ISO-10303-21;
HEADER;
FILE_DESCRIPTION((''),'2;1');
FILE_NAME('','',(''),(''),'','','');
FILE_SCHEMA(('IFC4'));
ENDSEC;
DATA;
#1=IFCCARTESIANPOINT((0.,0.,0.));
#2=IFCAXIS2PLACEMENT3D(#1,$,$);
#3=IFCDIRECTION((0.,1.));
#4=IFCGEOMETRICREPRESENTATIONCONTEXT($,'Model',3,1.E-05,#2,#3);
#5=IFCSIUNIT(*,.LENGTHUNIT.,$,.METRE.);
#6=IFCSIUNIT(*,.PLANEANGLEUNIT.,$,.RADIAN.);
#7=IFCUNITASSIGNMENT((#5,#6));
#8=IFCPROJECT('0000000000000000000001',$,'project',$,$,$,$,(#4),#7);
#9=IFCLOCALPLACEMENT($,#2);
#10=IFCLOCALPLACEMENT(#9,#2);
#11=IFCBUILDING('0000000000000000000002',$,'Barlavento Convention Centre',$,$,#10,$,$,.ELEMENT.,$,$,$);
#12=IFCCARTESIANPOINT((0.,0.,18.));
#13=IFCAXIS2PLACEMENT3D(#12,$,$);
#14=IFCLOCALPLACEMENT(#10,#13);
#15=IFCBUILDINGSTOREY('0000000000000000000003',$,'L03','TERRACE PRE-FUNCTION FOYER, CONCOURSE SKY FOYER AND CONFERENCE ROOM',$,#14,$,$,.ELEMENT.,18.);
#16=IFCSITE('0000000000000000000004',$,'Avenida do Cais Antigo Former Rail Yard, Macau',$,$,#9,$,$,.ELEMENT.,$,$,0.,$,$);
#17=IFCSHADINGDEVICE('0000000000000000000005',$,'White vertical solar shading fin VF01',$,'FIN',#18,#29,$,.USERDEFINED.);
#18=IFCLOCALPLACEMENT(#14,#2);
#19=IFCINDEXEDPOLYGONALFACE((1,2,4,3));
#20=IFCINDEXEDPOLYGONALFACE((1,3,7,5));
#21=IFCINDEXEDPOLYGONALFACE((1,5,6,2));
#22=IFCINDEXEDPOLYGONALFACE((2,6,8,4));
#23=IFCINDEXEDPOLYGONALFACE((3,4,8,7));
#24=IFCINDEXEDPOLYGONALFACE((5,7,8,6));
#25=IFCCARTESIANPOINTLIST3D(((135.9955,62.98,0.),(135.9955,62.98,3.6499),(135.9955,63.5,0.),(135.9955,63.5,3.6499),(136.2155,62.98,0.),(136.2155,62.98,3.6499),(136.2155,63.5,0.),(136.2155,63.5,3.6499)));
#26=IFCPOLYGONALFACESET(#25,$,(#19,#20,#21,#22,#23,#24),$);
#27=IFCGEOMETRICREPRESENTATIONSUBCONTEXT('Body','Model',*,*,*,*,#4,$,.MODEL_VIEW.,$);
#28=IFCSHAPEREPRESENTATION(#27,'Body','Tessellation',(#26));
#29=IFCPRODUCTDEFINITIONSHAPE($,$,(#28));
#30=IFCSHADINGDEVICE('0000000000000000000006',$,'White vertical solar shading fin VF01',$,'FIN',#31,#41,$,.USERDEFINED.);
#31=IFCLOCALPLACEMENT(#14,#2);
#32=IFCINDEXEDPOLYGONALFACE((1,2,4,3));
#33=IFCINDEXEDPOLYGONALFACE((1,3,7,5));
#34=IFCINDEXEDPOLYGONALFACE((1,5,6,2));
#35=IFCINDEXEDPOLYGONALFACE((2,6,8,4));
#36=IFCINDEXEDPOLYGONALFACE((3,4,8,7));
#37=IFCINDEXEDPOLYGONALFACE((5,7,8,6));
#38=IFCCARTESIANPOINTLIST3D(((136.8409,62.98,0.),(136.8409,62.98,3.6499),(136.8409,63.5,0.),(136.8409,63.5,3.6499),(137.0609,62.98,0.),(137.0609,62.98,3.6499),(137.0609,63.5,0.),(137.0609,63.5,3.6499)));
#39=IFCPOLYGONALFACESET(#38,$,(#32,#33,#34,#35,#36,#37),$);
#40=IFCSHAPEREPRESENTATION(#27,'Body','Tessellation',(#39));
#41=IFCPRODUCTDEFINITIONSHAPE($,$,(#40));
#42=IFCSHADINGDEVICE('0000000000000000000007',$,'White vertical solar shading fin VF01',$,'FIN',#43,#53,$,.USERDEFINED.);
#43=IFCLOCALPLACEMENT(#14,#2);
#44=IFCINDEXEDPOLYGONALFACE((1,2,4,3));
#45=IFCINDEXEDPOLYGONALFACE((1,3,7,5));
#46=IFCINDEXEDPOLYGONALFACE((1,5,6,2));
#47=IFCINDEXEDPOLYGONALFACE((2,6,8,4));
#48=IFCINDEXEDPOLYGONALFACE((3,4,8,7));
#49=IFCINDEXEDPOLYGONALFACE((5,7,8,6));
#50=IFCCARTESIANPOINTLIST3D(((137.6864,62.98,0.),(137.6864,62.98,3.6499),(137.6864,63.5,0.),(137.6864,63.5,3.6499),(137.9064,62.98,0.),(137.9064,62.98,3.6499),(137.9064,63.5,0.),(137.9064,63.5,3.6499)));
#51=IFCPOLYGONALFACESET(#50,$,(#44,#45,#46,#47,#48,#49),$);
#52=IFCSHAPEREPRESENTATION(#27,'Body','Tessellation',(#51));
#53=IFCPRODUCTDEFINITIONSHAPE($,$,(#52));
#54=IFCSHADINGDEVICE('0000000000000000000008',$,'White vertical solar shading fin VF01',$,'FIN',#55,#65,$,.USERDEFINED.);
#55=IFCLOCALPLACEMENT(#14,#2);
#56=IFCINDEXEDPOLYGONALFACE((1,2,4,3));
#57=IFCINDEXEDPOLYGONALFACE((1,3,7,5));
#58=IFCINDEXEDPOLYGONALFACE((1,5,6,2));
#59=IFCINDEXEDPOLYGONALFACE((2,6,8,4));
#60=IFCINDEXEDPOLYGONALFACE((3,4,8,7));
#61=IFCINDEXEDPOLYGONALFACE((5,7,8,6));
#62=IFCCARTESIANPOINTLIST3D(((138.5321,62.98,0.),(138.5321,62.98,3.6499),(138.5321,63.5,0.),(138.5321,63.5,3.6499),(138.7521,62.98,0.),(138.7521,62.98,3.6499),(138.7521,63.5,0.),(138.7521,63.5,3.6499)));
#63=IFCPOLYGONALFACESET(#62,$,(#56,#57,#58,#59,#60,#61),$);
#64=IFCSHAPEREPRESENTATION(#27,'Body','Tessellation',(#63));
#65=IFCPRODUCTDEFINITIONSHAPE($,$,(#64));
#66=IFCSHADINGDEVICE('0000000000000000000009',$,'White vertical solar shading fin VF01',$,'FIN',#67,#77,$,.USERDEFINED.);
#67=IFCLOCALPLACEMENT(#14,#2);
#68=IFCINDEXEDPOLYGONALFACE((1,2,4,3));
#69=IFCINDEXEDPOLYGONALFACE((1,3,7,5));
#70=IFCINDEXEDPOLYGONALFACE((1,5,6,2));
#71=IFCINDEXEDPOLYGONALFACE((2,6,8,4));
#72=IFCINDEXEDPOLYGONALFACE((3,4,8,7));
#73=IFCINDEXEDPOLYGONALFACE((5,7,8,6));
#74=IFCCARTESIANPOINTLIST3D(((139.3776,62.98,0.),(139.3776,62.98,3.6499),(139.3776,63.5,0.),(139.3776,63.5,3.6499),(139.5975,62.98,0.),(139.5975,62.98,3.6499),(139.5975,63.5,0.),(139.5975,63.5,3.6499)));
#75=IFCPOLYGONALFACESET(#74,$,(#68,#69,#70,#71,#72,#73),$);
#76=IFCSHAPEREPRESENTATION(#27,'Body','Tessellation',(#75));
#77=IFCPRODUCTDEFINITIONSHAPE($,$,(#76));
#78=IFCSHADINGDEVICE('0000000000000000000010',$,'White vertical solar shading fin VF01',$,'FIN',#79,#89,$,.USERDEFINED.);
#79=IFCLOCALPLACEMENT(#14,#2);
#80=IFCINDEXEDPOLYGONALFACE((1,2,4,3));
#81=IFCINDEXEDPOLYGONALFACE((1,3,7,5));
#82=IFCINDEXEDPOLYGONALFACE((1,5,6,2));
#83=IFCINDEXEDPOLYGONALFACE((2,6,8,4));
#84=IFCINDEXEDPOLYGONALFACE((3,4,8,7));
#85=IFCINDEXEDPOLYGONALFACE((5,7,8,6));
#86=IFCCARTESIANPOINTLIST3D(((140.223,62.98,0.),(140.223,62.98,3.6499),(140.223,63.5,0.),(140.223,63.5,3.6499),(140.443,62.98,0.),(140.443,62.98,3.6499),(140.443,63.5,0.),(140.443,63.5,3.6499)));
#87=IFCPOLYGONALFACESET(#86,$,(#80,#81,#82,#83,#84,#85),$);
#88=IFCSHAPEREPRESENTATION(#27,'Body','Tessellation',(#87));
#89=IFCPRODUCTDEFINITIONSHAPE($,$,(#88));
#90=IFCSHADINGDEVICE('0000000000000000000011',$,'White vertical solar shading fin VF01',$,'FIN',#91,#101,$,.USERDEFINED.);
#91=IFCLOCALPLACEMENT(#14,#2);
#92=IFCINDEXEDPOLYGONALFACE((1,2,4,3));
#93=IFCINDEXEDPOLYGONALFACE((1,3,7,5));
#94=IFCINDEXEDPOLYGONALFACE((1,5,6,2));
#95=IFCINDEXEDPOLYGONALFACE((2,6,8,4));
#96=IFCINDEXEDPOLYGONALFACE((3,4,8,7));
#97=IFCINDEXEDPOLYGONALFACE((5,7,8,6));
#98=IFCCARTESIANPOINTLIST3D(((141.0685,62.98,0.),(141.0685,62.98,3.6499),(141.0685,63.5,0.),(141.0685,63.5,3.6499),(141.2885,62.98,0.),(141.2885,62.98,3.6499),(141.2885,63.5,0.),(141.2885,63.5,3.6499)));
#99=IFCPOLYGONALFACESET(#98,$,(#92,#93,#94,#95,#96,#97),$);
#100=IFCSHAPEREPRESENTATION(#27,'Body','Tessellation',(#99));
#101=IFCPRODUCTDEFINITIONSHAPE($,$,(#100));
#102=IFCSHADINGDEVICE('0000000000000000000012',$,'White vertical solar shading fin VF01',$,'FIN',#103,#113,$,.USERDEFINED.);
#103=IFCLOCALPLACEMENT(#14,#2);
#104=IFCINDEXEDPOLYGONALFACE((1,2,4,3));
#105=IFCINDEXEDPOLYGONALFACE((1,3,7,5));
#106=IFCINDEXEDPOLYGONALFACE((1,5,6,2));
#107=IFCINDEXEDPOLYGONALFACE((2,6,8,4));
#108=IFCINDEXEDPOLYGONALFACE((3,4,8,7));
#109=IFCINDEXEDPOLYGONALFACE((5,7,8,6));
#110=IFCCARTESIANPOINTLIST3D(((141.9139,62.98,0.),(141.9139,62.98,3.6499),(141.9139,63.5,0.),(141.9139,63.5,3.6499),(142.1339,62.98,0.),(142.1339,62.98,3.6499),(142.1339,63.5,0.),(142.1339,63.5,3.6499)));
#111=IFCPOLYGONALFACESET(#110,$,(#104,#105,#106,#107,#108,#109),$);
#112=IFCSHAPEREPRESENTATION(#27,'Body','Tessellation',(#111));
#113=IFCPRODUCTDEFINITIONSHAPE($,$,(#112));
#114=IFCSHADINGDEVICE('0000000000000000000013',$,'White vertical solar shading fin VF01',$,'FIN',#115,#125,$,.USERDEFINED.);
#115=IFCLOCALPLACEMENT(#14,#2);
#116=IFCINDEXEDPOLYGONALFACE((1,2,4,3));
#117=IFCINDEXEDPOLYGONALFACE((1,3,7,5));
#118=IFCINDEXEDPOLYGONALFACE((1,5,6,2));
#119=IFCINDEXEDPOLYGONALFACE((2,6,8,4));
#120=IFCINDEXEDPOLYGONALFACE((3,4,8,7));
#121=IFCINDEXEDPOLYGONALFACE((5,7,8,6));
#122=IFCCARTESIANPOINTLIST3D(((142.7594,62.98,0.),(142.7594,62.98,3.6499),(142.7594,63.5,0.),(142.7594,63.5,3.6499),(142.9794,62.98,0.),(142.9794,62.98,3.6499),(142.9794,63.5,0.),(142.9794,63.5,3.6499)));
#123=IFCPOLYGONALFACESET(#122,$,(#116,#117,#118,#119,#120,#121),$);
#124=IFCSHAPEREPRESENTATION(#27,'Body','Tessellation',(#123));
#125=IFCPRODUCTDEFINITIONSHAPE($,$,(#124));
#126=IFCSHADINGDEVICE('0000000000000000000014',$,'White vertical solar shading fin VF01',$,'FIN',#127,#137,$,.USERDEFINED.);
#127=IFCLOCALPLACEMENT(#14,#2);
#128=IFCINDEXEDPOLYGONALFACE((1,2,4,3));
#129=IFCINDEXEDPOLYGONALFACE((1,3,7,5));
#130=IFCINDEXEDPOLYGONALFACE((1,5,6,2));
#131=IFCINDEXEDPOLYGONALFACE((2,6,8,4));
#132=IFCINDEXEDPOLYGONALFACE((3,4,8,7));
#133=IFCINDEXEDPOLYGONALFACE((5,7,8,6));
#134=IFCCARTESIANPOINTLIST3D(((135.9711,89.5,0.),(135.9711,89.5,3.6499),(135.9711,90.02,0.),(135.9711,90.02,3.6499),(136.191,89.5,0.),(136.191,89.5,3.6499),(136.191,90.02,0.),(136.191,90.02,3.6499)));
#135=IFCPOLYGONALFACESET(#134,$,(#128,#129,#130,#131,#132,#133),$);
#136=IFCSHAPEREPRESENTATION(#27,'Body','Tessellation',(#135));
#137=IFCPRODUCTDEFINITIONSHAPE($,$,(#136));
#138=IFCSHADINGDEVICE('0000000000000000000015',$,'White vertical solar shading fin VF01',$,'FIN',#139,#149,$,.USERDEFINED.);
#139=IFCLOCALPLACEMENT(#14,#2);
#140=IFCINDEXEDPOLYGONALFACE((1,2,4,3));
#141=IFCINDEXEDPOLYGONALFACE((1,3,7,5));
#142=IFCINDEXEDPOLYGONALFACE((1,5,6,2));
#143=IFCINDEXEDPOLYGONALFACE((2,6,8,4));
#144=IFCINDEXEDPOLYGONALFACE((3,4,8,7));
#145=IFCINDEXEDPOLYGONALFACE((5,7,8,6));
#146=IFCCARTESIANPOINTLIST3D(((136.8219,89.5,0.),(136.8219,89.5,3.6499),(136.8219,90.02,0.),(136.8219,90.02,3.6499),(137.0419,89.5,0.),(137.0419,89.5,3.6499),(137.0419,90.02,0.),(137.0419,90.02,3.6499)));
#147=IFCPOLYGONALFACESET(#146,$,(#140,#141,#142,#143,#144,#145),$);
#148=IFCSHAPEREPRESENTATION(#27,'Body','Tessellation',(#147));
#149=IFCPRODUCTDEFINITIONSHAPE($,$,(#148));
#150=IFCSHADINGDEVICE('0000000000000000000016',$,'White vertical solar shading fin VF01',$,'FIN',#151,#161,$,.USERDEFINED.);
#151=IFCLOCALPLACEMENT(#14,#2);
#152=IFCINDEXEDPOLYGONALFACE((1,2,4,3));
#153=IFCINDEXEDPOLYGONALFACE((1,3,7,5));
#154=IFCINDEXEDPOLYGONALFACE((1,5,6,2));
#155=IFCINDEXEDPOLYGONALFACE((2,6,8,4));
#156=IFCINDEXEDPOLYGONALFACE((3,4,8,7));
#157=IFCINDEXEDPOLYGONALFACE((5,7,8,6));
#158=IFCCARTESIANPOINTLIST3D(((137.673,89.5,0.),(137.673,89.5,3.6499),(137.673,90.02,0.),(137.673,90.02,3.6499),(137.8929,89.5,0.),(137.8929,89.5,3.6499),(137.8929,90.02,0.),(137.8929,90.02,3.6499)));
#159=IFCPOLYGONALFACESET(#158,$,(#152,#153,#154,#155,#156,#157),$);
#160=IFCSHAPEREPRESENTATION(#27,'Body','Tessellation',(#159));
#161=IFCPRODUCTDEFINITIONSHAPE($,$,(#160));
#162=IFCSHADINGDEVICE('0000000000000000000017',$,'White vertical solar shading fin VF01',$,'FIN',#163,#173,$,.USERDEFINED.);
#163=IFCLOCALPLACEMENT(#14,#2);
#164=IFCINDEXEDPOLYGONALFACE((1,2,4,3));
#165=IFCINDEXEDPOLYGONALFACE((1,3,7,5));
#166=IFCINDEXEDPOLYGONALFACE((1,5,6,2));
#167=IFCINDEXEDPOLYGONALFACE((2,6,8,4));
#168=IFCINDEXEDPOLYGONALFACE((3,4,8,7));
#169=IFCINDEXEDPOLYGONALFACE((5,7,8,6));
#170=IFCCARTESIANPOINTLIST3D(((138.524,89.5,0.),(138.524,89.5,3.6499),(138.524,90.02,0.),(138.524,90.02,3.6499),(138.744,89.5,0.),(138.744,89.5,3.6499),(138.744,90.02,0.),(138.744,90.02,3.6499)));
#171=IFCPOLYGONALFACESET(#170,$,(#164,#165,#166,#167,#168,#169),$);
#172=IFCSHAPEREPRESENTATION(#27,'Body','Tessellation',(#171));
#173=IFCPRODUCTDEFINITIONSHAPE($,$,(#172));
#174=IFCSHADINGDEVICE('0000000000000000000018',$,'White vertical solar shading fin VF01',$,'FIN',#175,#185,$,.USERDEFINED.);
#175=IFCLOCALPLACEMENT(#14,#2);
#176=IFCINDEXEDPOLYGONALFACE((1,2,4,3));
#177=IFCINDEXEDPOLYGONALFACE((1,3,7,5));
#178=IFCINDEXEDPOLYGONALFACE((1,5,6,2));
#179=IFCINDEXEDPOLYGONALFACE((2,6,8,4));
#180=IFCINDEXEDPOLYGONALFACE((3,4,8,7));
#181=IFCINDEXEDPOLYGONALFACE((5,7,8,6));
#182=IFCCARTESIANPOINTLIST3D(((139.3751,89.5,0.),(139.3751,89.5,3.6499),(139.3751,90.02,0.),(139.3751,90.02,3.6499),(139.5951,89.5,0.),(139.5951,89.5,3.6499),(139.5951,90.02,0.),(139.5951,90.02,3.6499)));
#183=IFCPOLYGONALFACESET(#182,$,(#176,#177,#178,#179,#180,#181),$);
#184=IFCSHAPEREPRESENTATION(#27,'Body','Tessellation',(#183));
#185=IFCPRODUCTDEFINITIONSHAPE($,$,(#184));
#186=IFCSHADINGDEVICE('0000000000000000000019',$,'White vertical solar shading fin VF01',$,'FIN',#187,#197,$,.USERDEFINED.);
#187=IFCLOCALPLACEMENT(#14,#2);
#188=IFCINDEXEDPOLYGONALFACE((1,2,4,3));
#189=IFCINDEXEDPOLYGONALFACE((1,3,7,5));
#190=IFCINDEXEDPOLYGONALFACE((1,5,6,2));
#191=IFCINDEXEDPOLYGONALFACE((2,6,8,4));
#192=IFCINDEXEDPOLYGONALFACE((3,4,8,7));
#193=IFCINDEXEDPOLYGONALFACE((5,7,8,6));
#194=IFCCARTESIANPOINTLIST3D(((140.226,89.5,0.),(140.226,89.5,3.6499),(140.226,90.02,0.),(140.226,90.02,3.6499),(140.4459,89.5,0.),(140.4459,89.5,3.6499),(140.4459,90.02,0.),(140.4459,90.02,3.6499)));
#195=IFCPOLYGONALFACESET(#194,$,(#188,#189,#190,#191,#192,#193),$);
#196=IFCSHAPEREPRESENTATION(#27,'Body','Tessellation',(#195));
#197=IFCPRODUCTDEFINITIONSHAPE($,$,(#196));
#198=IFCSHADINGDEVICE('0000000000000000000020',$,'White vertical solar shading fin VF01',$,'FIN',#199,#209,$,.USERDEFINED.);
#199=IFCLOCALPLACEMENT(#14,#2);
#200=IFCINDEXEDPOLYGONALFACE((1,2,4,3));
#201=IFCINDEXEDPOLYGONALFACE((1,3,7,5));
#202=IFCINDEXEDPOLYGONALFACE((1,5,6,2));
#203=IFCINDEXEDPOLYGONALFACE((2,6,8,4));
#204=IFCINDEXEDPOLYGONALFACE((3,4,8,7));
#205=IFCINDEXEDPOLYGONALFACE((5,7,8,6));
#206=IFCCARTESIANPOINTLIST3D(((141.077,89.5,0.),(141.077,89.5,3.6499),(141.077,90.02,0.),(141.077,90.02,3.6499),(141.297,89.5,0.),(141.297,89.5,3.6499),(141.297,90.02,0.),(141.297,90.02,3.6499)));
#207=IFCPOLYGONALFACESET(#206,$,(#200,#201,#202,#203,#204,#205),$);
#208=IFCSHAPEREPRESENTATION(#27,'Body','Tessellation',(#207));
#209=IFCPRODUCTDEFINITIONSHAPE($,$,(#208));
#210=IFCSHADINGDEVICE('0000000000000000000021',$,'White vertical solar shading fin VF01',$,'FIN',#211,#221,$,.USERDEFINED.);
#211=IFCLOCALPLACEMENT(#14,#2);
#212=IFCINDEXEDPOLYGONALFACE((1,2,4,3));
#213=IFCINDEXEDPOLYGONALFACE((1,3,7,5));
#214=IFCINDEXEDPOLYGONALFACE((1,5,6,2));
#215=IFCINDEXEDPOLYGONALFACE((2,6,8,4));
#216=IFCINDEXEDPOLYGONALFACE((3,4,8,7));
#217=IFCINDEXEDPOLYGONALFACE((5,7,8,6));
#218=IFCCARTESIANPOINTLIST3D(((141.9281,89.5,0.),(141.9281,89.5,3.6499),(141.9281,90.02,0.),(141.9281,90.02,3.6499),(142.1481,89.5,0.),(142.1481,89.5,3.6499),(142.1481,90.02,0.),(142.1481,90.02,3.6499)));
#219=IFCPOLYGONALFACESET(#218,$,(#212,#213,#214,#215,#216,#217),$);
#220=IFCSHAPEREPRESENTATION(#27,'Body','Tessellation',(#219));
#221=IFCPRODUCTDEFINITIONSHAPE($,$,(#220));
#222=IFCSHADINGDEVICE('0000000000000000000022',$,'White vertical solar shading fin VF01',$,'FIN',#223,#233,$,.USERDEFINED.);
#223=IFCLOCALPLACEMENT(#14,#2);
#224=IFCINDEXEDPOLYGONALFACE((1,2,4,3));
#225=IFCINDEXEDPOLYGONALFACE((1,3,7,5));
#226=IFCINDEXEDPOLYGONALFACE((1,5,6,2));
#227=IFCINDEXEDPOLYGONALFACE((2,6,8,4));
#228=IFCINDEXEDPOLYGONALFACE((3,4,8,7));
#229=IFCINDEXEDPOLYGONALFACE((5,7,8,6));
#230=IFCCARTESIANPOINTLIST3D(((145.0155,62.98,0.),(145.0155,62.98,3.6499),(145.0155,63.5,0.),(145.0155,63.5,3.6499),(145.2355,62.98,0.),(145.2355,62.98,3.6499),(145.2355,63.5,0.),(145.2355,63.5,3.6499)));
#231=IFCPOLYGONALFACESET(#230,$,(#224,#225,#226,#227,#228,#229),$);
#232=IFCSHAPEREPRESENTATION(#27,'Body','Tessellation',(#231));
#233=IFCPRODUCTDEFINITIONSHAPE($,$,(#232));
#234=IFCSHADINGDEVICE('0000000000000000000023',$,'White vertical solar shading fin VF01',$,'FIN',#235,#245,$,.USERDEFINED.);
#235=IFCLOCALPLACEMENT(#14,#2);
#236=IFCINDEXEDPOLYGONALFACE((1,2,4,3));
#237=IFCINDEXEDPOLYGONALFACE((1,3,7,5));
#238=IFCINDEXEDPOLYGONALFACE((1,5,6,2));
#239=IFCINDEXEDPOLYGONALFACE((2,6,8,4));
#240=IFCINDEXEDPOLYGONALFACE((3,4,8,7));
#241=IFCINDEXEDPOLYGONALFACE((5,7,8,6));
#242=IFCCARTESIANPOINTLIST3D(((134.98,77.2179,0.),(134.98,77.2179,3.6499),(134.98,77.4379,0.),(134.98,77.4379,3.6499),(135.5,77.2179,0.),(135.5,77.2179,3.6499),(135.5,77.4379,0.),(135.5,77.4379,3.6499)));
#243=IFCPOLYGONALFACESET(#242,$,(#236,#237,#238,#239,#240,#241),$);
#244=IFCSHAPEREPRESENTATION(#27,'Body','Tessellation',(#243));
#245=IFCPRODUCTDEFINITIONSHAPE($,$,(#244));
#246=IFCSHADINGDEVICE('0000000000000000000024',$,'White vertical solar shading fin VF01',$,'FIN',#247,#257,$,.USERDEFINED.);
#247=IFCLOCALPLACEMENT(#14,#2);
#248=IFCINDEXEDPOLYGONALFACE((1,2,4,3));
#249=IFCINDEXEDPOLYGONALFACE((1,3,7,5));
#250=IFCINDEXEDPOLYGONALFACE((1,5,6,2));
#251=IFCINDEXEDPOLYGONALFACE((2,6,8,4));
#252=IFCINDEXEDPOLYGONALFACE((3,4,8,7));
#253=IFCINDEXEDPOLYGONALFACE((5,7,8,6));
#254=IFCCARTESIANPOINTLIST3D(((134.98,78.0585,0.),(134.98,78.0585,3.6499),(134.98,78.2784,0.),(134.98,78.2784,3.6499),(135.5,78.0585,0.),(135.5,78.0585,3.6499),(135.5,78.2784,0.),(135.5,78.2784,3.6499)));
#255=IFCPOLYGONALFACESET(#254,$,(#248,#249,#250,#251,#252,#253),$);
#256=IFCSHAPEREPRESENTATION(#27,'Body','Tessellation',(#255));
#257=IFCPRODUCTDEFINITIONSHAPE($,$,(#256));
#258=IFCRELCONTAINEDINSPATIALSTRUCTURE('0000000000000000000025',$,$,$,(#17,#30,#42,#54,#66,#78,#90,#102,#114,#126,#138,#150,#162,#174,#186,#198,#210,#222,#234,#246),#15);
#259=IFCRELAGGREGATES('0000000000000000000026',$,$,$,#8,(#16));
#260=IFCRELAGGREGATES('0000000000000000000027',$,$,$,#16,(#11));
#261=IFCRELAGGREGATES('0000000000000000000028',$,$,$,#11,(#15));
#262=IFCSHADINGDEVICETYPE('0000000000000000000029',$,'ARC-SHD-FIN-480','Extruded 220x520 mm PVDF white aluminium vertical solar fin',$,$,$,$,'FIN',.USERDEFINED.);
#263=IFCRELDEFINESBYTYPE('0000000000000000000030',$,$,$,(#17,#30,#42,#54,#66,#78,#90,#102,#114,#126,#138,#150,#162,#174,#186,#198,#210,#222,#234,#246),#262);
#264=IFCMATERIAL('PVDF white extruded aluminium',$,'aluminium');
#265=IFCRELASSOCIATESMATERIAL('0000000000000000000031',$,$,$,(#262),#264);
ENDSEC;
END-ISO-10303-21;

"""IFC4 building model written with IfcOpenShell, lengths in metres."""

from ifc_helpers import new_model, si_unit, direction, frame, origin, origin_2d, place, context, subcontext, project, spatial, rectangle, extrude, material, type_object, element, save


model = new_model("IFC4")

# Units and contexts
model_context = context("Model", 3, precision=1e-05, world=origin(), true_north=direction((0.0, 1.0)))
body_context = subcontext(model_context, "Body", "Model", "MODEL_VIEW")
ifc_project = project(units=[si_unit("LENGTHUNIT", "METRE"), si_unit("PLANEANGLEUNIT", "RADIAN")], contexts=[model_context])

# Site, building, storey
site_placement = place(None, origin())
site = spatial("IfcSite", under=ifc_project, at=site_placement, Name="Avenida do Cais Antigo Former Rail Yard, Macau", CompositionType="ELEMENT", RefElevation=0.0)
building_placement = place(site_placement, origin())
building = spatial("IfcBuilding", under=site, at=building_placement, Name="Barlavento Convention Centre", CompositionType="ELEMENT")
storey_placement = place(building_placement, frame((0.0, 0.0, 18.0)))
storey = spatial("IfcBuildingStorey", under=building, at=storey_placement, Name="L03", Description="TERRACE PRE-FUNCTION FOYER, CONCOURSE SKY FOYER AND CONFERENCE ROOM", CompositionType="ELEMENT", Elevation=18.0)

# Shading devices
ifc_material = material(Name="PVDF white extruded aluminium", Category="aluminium")
shading_device_type = type_object("IfcShadingDeviceType", Name="ARC-SHD-FIN-480", Description="Extruded 220x520 mm PVDF white aluminium vertical solar fin", ElementType="FIN", PredefinedType="USERDEFINED", material=ifc_material)
for number, where, z_axis, x_axis, name in (
    (1, (136.1055, 63.24, 0.0), (0.0, 0.0, 1.0), (1.0, 0.0, 0.0), "White vertical solar shading fin VF01"),
    (2, (136.9509, 63.24, 0.0), (0.0, 0.0, 1.0), (1.0, 0.0, 0.0), "White vertical solar shading fin VF01"),
    (3, (137.7964, 63.24, 0.0), (0.0, 0.0, 1.0), (1.0, 0.0, 0.0), "White vertical solar shading fin VF01"),
    (4, (138.6421, 63.24, 0.0), (0.0, 0.0, 1.0), (1.0, 0.0, 0.0), "White vertical solar shading fin VF01"),
    (5, (139.4875, 63.24, 0.0), (0.0, 0.0, 1.0), (1.0, 0.0, 0.0), "White vertical solar shading fin VF01"),
    (6, (140.333, 63.24, 0.0), (0.0, 0.0, 1.0), (1.0, 0.0, 0.0), "White vertical solar shading fin VF01"),
    (7, (141.1785, 63.24, 0.0), (0.0, 0.0, 1.0), (1.0, 0.0, 0.0), "White vertical solar shading fin VF01"),
    (8, (142.0239, 63.24, 0.0), (0.0, 0.0, 1.0), (1.0, 0.0, 0.0), "White vertical solar shading fin VF01"),
    (9, (142.8694, 63.24, 0.0), (0.0, 0.0, 1.0), (1.0, 0.0, 0.0), "White vertical solar shading fin VF01"),
    (10, (136.0811, 89.76, 0.0), (0.0, 0.0, 1.0), (1.0, 0.0, 0.0), "White vertical solar shading fin VF01"),
    (11, (136.9319, 89.76, 0.0), (0.0, 0.0, 1.0), (1.0, 0.0, 0.0), "White vertical solar shading fin VF01"),
    (12, (137.783, 89.76, 0.0), (0.0, 0.0, 1.0), (1.0, 0.0, 0.0), "White vertical solar shading fin VF01"),
    (13, (138.634, 89.76, 0.0), (0.0, 0.0, 1.0), (1.0, 0.0, 0.0), "White vertical solar shading fin VF01"),
    (14, (139.4851, 89.76, 0.0), (0.0, 0.0, 1.0), (1.0, 0.0, 0.0), "White vertical solar shading fin VF01"),
    (15, (140.3359, 89.76, 0.0), (0.0, 0.0, 1.0), (1.0, 0.0, 0.0), "White vertical solar shading fin VF01"),
    (16, (141.187, 89.76, 0.0), (0.0, 0.0, 1.0), (1.0, 0.0, 0.0), "White vertical solar shading fin VF01"),
    (17, (142.0381, 89.76, 0.0), (0.0, 0.0, 1.0), (1.0, 0.0, 0.0), "White vertical solar shading fin VF01"),
    (18, (145.1255, 63.24, 0.0), (0.0, 0.0, 1.0), (1.0, 0.0, 0.0), "White vertical solar shading fin VF01"),
    (19, (135.24, 77.3279, 0.0), (0.0, 0.0, 1.0), (0.0, 1.0, 0.0), "White vertical solar shading fin VF01"),
    (20, (135.24, 78.1685, 0.0), (0.0, 0.0, 1.0), (0.0, 1.0, 0.0), "White vertical solar shading fin VF01"),
):
    element("IfcShadingDevice", number, at=place(storey_placement, frame(where, z_axis=z_axis, x_axis=x_axis)), inside=storey, type_object=shading_device_type, Name=name, ObjectType="FIN", PredefinedType="USERDEFINED", context=body_context, shape_type="SweptSolid", body=[
        extrude(rectangle(XDim=0.22, YDim=0.52, at=origin_2d()), origin(), (0.0, 0.0, 1.0), 3.6499),
    ])

save(model, "model.ifc")
